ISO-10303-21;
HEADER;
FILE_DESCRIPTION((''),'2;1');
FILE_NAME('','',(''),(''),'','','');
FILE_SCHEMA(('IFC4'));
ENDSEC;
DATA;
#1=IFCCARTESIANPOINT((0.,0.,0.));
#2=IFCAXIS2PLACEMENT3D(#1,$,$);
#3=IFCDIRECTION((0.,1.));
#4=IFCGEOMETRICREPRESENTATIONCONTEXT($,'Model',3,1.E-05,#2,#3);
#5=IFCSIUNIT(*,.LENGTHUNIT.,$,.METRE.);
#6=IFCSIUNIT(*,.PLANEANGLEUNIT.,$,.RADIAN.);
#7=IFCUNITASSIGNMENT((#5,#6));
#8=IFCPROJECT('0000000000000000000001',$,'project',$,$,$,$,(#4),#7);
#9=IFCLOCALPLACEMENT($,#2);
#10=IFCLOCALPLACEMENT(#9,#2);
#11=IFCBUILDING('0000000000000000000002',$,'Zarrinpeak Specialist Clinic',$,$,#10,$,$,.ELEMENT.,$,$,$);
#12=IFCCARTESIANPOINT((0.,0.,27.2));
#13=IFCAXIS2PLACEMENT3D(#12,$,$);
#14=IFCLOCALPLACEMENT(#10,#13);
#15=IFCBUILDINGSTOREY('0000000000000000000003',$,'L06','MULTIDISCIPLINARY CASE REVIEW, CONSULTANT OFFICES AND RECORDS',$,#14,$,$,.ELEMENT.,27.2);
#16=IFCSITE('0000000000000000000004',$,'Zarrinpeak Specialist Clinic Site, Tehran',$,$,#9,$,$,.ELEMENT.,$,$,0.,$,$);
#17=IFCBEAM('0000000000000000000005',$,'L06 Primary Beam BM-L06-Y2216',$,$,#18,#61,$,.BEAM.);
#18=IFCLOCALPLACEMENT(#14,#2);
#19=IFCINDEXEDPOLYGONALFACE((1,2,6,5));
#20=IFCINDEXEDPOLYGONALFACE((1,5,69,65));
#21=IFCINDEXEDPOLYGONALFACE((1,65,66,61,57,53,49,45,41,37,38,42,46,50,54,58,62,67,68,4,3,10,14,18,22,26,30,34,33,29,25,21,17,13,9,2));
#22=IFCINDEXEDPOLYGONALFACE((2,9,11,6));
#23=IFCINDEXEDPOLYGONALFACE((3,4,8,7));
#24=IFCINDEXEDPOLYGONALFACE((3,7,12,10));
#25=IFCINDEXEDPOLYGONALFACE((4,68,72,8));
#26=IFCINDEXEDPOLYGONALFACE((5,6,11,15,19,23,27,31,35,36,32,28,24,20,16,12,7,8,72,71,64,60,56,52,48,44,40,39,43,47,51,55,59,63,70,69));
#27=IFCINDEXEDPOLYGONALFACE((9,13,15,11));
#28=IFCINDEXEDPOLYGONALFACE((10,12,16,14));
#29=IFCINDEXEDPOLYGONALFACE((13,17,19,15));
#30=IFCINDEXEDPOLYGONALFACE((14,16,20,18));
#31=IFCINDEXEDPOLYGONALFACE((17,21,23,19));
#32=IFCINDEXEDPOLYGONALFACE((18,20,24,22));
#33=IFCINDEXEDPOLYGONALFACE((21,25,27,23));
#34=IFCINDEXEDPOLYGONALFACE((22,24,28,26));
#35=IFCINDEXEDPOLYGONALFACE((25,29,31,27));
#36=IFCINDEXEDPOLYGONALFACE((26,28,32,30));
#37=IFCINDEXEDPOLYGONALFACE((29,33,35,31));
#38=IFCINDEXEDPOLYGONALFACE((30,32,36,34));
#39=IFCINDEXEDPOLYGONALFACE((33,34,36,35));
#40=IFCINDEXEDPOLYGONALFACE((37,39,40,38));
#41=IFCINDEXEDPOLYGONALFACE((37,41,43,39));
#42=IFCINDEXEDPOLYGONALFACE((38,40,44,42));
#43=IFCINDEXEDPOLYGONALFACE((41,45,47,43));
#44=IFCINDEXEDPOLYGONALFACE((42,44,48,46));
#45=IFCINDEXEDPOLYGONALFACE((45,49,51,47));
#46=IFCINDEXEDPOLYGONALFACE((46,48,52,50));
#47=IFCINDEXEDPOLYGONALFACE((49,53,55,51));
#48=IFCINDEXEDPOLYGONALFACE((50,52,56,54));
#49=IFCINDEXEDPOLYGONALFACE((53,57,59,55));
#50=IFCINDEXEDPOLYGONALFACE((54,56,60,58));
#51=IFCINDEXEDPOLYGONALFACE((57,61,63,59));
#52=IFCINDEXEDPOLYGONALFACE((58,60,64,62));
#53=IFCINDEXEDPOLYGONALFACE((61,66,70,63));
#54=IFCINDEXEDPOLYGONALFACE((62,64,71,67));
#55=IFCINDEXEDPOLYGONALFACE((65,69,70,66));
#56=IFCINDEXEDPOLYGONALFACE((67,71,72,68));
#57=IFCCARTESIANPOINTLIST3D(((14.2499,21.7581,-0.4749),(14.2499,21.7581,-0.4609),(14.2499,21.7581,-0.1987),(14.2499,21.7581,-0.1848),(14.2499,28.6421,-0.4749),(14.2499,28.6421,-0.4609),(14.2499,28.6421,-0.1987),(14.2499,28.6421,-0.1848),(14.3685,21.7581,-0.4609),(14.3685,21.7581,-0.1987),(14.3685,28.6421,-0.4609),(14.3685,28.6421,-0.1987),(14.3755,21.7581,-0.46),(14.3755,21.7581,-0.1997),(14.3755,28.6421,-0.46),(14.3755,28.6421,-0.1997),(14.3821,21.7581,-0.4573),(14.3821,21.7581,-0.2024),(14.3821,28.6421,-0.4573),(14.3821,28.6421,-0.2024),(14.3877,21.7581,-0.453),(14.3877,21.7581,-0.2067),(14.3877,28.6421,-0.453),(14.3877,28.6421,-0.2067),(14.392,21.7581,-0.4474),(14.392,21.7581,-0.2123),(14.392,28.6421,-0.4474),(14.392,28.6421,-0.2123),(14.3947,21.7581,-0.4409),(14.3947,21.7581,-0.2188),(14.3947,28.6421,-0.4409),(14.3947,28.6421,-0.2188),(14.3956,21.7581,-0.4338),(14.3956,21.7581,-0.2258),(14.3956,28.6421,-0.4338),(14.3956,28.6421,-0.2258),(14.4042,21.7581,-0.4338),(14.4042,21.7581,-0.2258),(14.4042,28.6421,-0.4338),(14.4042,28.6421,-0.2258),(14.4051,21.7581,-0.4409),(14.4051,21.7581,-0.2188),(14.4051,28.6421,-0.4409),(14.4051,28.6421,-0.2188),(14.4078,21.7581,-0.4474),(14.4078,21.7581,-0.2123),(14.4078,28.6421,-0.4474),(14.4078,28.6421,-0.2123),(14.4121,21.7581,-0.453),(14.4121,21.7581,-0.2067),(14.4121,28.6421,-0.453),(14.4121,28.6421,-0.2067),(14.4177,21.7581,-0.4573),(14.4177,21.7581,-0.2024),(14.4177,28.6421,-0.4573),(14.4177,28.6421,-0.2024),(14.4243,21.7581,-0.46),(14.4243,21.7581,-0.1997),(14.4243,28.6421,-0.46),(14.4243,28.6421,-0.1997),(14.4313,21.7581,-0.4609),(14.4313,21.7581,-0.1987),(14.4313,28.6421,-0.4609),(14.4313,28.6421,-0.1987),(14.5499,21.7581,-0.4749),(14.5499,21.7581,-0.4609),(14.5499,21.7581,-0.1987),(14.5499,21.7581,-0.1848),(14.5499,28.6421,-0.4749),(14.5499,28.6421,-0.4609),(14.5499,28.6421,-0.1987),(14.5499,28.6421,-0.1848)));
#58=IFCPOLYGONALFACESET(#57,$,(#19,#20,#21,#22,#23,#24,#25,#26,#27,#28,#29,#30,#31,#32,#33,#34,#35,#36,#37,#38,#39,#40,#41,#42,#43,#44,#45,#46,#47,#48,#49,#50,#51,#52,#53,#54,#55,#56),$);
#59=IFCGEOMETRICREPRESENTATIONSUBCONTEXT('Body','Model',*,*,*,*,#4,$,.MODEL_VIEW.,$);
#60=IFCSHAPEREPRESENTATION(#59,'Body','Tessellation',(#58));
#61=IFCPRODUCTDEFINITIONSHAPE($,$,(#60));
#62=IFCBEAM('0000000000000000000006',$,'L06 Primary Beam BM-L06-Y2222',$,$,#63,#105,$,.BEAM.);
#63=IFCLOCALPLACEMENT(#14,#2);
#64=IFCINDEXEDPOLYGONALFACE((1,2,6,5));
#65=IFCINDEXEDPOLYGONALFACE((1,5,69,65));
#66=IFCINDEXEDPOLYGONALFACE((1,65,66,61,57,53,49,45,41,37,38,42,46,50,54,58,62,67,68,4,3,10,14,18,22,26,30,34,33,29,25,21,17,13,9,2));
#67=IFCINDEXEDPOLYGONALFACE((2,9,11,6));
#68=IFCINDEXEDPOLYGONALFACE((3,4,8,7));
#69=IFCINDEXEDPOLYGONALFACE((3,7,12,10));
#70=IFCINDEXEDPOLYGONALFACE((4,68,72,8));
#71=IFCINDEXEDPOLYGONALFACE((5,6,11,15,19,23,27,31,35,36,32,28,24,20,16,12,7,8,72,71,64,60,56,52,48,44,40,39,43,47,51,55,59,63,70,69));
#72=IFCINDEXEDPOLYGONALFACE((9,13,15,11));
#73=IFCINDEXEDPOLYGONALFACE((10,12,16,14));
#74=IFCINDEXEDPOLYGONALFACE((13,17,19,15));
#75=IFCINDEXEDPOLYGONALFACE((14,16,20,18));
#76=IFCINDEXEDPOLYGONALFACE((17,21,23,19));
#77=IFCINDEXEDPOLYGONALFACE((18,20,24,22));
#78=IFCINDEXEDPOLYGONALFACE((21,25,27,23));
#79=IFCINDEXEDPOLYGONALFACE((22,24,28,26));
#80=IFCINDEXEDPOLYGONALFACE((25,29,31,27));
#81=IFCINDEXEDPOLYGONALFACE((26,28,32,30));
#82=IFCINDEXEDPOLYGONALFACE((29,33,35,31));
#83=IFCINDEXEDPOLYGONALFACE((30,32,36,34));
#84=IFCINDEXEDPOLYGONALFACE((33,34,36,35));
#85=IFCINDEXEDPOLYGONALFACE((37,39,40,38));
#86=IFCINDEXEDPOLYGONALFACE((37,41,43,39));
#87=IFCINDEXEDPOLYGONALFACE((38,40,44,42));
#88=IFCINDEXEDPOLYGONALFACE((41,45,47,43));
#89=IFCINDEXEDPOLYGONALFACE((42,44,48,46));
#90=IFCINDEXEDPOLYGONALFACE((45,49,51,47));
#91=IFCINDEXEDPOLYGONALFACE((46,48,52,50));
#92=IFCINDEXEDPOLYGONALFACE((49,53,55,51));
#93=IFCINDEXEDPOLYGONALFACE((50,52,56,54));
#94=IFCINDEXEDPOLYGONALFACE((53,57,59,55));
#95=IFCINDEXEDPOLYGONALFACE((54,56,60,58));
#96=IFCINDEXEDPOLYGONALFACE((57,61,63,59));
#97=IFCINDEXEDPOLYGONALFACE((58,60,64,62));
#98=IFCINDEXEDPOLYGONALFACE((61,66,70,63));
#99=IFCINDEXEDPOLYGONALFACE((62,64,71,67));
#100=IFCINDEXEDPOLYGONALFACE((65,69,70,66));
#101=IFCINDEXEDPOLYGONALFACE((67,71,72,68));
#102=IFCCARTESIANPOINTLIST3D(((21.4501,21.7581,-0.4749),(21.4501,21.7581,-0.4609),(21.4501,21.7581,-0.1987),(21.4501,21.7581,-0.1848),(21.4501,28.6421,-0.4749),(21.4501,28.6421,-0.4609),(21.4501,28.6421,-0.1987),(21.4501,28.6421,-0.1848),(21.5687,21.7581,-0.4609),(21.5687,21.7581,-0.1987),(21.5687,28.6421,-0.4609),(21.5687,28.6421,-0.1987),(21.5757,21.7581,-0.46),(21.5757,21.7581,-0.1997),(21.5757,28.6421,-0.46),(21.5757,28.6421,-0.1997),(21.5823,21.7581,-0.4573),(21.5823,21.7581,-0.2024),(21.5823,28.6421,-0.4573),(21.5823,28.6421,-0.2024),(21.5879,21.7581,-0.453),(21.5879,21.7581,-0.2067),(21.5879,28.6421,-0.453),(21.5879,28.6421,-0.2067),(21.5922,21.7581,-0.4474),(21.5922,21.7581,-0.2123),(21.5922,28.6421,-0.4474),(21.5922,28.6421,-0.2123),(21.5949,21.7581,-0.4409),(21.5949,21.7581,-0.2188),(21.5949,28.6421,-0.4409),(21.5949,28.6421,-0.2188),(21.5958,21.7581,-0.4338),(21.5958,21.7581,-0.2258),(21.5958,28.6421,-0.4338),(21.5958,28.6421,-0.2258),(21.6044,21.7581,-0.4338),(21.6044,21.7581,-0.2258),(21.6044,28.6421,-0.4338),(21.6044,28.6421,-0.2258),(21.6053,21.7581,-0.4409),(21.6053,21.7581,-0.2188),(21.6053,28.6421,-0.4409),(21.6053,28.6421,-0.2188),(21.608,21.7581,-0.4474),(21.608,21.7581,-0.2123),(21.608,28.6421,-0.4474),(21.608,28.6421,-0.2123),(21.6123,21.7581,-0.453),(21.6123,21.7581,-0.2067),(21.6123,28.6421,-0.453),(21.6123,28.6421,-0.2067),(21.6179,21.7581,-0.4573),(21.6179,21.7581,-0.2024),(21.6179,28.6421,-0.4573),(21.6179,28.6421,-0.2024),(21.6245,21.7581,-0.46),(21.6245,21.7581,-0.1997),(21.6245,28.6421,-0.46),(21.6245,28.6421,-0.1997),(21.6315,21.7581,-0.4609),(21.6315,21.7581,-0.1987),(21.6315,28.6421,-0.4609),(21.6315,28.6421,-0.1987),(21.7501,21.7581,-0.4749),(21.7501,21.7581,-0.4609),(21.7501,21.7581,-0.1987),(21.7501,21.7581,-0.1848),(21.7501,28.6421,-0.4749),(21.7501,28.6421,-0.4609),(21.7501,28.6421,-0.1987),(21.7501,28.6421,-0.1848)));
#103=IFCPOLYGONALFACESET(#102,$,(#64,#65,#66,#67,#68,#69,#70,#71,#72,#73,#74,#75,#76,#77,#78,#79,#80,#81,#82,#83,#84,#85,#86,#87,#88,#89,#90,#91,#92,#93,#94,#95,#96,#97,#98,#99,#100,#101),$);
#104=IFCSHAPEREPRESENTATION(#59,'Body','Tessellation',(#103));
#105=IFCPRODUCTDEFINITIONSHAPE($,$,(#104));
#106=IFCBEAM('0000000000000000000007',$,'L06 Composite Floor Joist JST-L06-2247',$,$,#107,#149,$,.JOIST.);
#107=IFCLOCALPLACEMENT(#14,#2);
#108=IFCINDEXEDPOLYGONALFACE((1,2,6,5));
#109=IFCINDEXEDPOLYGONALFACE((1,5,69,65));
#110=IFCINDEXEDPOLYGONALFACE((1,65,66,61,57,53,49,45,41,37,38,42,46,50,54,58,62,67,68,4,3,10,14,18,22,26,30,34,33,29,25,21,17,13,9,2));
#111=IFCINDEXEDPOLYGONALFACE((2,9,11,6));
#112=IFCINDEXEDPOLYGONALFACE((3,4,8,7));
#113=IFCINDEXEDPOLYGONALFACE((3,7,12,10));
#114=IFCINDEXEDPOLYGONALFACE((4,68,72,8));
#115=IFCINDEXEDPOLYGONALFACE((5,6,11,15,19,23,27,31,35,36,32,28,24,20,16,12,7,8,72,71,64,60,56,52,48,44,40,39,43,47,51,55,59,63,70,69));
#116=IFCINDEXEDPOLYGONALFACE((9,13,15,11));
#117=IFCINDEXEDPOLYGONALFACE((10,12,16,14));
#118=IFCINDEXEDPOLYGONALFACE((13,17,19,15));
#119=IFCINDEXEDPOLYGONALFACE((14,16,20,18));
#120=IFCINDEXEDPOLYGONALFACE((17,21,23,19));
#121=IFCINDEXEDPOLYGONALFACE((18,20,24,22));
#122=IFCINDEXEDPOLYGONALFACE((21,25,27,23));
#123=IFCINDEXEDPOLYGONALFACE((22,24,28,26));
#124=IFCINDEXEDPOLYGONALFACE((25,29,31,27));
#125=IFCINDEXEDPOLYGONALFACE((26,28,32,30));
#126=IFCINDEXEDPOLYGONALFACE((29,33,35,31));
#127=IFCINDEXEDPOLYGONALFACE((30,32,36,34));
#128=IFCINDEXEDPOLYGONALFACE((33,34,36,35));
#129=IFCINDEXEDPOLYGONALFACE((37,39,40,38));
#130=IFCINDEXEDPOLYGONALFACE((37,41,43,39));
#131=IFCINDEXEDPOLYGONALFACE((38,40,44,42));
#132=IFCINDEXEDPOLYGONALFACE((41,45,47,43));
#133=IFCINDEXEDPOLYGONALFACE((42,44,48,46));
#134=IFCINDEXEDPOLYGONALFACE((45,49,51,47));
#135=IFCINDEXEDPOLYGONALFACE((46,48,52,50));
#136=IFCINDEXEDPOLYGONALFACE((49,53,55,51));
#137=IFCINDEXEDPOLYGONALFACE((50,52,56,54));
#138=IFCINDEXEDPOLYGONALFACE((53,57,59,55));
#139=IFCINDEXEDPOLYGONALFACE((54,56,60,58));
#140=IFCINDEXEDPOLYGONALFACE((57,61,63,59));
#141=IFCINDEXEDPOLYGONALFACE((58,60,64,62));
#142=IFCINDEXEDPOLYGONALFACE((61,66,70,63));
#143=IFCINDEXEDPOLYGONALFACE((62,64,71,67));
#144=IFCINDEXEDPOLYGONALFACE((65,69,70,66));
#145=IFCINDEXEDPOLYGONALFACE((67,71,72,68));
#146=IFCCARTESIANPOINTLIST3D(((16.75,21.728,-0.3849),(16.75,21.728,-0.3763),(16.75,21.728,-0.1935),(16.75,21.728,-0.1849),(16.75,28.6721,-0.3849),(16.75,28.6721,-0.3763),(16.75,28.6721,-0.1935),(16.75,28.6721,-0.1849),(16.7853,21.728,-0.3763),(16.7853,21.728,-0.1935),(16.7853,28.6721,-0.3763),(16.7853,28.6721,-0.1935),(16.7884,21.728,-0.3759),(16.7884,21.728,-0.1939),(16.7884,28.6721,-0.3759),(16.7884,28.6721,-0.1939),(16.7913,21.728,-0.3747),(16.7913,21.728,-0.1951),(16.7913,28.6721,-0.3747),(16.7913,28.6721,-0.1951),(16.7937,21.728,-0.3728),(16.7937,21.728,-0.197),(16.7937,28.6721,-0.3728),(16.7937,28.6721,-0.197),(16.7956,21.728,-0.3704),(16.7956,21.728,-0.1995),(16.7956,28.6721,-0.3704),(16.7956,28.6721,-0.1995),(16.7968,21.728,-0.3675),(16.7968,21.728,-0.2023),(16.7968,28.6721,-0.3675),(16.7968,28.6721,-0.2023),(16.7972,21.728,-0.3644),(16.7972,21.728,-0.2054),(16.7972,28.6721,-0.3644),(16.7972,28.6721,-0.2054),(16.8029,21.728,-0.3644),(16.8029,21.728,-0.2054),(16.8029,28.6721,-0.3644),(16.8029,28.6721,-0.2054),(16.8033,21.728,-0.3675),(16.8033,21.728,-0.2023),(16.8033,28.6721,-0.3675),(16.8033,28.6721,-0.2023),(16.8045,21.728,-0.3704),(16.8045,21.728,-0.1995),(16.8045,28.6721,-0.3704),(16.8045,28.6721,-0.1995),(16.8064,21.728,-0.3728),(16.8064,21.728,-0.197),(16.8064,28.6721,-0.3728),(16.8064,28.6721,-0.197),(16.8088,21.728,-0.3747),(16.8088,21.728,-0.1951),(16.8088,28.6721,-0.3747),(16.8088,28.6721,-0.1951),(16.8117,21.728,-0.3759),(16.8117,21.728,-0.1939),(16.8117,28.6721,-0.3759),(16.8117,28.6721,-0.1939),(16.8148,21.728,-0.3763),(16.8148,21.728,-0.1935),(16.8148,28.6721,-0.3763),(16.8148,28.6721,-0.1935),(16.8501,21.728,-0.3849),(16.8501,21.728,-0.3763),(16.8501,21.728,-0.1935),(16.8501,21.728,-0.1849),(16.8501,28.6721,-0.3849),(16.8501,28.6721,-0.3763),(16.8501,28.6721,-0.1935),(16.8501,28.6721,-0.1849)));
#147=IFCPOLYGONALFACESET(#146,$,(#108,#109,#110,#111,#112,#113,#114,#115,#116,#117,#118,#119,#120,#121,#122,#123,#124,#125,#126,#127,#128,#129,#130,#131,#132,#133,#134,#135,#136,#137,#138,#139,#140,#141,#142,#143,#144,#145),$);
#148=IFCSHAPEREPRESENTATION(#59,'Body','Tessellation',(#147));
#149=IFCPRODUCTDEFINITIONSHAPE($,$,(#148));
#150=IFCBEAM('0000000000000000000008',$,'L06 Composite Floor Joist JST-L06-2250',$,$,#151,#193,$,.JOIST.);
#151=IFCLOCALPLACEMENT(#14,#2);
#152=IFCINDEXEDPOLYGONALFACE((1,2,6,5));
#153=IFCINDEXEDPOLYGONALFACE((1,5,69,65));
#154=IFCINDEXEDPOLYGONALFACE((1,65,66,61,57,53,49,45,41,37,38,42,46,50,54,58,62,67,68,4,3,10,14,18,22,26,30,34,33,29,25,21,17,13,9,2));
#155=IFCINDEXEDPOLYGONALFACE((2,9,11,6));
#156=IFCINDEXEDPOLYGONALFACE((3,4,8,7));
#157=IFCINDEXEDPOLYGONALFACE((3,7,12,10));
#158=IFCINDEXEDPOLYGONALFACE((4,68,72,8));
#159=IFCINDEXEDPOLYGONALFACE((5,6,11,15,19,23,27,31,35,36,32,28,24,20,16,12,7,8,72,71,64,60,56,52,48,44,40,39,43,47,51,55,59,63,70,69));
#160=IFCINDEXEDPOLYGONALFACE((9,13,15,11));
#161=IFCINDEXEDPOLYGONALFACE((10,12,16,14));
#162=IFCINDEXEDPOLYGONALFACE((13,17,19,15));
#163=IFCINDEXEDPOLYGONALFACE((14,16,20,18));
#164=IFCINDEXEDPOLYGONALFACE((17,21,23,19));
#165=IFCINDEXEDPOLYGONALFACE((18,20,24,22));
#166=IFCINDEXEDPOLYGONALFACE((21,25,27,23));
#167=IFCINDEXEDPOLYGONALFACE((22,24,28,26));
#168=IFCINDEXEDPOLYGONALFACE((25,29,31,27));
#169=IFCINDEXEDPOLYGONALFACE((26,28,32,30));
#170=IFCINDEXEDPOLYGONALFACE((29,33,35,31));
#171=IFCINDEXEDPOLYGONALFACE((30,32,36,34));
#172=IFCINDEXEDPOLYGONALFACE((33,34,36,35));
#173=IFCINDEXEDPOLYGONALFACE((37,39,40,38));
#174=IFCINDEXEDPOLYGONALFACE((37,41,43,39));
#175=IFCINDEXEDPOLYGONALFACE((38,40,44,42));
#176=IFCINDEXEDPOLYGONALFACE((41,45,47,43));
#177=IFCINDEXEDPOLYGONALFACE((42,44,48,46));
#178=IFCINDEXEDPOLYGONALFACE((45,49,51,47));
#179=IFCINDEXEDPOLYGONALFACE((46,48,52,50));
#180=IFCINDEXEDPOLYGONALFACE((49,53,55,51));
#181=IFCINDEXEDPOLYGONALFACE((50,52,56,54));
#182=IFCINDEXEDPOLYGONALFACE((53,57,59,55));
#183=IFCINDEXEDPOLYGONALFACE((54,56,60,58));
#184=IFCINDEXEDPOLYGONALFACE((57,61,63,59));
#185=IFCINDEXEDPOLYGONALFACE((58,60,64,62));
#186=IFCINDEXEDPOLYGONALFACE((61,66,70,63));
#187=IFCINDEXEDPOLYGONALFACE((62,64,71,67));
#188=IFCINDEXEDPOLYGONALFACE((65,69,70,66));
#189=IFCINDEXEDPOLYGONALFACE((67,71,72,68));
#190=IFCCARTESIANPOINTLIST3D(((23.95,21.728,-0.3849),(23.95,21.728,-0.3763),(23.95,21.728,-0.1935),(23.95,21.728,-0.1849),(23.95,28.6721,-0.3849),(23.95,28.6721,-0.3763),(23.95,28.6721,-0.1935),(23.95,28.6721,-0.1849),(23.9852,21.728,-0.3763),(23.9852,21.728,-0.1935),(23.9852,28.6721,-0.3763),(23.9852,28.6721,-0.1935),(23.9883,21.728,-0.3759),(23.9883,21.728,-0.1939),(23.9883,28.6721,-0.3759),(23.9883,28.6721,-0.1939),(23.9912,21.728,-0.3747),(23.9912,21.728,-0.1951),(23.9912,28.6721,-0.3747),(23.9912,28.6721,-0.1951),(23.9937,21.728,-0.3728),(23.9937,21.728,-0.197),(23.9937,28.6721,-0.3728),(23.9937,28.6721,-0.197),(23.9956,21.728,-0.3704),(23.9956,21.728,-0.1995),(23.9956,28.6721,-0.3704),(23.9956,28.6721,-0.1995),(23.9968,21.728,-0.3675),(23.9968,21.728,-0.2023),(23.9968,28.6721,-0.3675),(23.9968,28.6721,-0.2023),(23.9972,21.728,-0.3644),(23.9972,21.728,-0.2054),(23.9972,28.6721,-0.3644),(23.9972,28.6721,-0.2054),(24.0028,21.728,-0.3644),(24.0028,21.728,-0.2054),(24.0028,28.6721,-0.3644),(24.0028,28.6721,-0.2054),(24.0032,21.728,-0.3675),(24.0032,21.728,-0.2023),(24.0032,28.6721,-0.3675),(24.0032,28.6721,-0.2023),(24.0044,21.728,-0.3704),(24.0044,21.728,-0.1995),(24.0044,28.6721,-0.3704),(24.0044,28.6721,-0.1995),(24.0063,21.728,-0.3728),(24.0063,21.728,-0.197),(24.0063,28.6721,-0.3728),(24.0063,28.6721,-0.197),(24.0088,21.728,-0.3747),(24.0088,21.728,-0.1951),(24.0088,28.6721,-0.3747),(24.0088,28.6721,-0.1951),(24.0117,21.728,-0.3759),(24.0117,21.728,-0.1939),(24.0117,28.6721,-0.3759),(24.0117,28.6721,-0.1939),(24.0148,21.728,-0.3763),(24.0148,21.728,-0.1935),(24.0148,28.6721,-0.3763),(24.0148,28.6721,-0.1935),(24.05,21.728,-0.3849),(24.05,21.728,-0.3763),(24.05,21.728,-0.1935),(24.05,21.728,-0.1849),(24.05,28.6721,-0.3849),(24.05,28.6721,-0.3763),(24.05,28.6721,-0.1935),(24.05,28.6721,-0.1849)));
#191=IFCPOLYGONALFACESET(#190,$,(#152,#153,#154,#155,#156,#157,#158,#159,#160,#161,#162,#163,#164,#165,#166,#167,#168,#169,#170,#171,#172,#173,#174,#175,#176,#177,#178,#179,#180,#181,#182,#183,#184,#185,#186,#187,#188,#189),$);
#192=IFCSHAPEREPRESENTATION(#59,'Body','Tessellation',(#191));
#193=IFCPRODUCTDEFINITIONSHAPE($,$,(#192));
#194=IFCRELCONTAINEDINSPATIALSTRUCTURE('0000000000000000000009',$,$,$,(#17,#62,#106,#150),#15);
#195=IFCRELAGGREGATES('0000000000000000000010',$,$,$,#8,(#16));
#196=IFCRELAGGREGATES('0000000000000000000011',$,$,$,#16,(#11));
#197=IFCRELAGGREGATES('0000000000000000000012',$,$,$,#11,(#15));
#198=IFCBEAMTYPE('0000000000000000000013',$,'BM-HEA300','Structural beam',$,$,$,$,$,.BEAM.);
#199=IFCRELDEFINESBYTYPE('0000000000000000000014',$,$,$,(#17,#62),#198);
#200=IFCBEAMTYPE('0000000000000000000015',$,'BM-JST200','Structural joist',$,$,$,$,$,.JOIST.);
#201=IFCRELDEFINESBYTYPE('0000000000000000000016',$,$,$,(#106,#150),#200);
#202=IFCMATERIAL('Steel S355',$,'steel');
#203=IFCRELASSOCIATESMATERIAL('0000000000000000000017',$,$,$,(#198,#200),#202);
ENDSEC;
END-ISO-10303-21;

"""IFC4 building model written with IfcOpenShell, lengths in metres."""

from ifc_helpers import new_model, si_unit, direction, frame, origin, origin_2d, place, context, subcontext, project, spatial, i_section, extrude, material, material_profile, profile_set, type_object, element, save


model = new_model("IFC4")

# Units and contexts
model_context = context("Model", 3, precision=1e-05, world=origin(), true_north=direction((0.0, 1.0)))
body_context = subcontext(model_context, "Body", "Model", "MODEL_VIEW")
ifc_project = project(units=[si_unit("LENGTHUNIT", "METRE"), si_unit("PLANEANGLEUNIT", "RADIAN")], contexts=[model_context])

# Site, building, storey
site_placement = place(None, origin())
site = spatial("IfcSite", under=ifc_project, at=site_placement, Name="Zarrinpeak Specialist Clinic Site, Tehran", CompositionType="ELEMENT", RefElevation=0.0)
building_placement = place(site_placement, origin())
building = spatial("IfcBuilding", under=site, at=building_placement, Name="Zarrinpeak Specialist Clinic", CompositionType="ELEMENT")
storey_placement = place(building_placement, frame((0.0, 0.0, 27.2)))
storey = spatial("IfcBuildingStorey", under=building, at=storey_placement, Name="L06", Description="MULTIDISCIPLINARY CASE REVIEW, CONSULTANT OFFICES AND RECORDS", CompositionType="ELEMENT", Elevation=27.2)

# Beams
ifc_material_1 = material(Name="Steel S355", Category="steel")
ifc_material_profile_1 = material_profile(ifc_material_1, i_section(OverallWidth=0.3, OverallDepth=0.29, WebThickness=0.0085, FlangeThickness=0.0139, FilletRadius=0.0271, at=origin_2d()), Name="HEA 300")
ifc_profile_set_1 = profile_set([ifc_material_profile_1], Name="Steel S355")
beam_type_1 = type_object("IfcBeamType", Name="BM-HEA300", Description="Structural beam", PredefinedType="BEAM", material=ifc_profile_set_1)
for number, where, z_axis, x_axis, name in (
    (1, (14.3999, 21.7581, -0.3298), (0.0, 1.0, 0.0), (-1.0, 0.0, 0.0), "L06 Primary Beam BM-L06-Y2216"),
    (2, (21.6001, 21.7581, -0.3298), (0.0, 1.0, 0.0), (-1.0, 0.0, 0.0), "L06 Primary Beam BM-L06-Y2222"),
):
    element("IfcBeam", number, at=place(storey_placement, frame(where, z_axis=z_axis, x_axis=x_axis)), inside=storey, type_object=beam_type_1, Name=name, PredefinedType="BEAM", context=body_context, shape_type="SweptSolid", body=[
        extrude(i_section(OverallWidth=0.3, OverallDepth=0.29, WebThickness=0.0085, FlangeThickness=0.0139, FilletRadius=0.0271, at=origin_2d()), origin(), (0.0, 0.0, 1.0), 6.884),
    ])
ifc_material_profile_2 = material_profile(ifc_material_1, i_section(OverallWidth=0.1001, OverallDepth=0.2, WebThickness=0.0056, FlangeThickness=0.0085, FilletRadius=0.012, at=origin_2d()), Name="IPE 200")
ifc_profile_set_2 = profile_set([ifc_material_profile_2], Name="Steel S355")
beam_type_2 = type_object("IfcBeamType", Name="BM-JST200", Description="Structural joist", PredefinedType="JOIST", material=ifc_profile_set_2)
for number, where, z_axis, x_axis, name in (
    (3, (16.8, 21.728, -0.2849), (0.0, 1.0, 0.0), (-1.0, 0.0, 0.0), "L06 Composite Floor Joist JST-L06-2247"),
    (4, (24.0, 21.728, -0.2849), (0.0, 1.0, 0.0), (-1.0, 0.0, 0.0), "L06 Composite Floor Joist JST-L06-2250"),
):
    element("IfcBeam", number, at=place(storey_placement, frame(where, z_axis=z_axis, x_axis=x_axis)), inside=storey, type_object=beam_type_2, Name=name, PredefinedType="JOIST", context=body_context, shape_type="SweptSolid", body=[
        extrude(i_section(OverallWidth=0.1001, OverallDepth=0.2, WebThickness=0.0056, FlangeThickness=0.0085, FilletRadius=0.012, at=origin_2d()), origin(), (0.0, 0.0, 1.0), 6.9441),
    ])

save(model, "model.ifc")
